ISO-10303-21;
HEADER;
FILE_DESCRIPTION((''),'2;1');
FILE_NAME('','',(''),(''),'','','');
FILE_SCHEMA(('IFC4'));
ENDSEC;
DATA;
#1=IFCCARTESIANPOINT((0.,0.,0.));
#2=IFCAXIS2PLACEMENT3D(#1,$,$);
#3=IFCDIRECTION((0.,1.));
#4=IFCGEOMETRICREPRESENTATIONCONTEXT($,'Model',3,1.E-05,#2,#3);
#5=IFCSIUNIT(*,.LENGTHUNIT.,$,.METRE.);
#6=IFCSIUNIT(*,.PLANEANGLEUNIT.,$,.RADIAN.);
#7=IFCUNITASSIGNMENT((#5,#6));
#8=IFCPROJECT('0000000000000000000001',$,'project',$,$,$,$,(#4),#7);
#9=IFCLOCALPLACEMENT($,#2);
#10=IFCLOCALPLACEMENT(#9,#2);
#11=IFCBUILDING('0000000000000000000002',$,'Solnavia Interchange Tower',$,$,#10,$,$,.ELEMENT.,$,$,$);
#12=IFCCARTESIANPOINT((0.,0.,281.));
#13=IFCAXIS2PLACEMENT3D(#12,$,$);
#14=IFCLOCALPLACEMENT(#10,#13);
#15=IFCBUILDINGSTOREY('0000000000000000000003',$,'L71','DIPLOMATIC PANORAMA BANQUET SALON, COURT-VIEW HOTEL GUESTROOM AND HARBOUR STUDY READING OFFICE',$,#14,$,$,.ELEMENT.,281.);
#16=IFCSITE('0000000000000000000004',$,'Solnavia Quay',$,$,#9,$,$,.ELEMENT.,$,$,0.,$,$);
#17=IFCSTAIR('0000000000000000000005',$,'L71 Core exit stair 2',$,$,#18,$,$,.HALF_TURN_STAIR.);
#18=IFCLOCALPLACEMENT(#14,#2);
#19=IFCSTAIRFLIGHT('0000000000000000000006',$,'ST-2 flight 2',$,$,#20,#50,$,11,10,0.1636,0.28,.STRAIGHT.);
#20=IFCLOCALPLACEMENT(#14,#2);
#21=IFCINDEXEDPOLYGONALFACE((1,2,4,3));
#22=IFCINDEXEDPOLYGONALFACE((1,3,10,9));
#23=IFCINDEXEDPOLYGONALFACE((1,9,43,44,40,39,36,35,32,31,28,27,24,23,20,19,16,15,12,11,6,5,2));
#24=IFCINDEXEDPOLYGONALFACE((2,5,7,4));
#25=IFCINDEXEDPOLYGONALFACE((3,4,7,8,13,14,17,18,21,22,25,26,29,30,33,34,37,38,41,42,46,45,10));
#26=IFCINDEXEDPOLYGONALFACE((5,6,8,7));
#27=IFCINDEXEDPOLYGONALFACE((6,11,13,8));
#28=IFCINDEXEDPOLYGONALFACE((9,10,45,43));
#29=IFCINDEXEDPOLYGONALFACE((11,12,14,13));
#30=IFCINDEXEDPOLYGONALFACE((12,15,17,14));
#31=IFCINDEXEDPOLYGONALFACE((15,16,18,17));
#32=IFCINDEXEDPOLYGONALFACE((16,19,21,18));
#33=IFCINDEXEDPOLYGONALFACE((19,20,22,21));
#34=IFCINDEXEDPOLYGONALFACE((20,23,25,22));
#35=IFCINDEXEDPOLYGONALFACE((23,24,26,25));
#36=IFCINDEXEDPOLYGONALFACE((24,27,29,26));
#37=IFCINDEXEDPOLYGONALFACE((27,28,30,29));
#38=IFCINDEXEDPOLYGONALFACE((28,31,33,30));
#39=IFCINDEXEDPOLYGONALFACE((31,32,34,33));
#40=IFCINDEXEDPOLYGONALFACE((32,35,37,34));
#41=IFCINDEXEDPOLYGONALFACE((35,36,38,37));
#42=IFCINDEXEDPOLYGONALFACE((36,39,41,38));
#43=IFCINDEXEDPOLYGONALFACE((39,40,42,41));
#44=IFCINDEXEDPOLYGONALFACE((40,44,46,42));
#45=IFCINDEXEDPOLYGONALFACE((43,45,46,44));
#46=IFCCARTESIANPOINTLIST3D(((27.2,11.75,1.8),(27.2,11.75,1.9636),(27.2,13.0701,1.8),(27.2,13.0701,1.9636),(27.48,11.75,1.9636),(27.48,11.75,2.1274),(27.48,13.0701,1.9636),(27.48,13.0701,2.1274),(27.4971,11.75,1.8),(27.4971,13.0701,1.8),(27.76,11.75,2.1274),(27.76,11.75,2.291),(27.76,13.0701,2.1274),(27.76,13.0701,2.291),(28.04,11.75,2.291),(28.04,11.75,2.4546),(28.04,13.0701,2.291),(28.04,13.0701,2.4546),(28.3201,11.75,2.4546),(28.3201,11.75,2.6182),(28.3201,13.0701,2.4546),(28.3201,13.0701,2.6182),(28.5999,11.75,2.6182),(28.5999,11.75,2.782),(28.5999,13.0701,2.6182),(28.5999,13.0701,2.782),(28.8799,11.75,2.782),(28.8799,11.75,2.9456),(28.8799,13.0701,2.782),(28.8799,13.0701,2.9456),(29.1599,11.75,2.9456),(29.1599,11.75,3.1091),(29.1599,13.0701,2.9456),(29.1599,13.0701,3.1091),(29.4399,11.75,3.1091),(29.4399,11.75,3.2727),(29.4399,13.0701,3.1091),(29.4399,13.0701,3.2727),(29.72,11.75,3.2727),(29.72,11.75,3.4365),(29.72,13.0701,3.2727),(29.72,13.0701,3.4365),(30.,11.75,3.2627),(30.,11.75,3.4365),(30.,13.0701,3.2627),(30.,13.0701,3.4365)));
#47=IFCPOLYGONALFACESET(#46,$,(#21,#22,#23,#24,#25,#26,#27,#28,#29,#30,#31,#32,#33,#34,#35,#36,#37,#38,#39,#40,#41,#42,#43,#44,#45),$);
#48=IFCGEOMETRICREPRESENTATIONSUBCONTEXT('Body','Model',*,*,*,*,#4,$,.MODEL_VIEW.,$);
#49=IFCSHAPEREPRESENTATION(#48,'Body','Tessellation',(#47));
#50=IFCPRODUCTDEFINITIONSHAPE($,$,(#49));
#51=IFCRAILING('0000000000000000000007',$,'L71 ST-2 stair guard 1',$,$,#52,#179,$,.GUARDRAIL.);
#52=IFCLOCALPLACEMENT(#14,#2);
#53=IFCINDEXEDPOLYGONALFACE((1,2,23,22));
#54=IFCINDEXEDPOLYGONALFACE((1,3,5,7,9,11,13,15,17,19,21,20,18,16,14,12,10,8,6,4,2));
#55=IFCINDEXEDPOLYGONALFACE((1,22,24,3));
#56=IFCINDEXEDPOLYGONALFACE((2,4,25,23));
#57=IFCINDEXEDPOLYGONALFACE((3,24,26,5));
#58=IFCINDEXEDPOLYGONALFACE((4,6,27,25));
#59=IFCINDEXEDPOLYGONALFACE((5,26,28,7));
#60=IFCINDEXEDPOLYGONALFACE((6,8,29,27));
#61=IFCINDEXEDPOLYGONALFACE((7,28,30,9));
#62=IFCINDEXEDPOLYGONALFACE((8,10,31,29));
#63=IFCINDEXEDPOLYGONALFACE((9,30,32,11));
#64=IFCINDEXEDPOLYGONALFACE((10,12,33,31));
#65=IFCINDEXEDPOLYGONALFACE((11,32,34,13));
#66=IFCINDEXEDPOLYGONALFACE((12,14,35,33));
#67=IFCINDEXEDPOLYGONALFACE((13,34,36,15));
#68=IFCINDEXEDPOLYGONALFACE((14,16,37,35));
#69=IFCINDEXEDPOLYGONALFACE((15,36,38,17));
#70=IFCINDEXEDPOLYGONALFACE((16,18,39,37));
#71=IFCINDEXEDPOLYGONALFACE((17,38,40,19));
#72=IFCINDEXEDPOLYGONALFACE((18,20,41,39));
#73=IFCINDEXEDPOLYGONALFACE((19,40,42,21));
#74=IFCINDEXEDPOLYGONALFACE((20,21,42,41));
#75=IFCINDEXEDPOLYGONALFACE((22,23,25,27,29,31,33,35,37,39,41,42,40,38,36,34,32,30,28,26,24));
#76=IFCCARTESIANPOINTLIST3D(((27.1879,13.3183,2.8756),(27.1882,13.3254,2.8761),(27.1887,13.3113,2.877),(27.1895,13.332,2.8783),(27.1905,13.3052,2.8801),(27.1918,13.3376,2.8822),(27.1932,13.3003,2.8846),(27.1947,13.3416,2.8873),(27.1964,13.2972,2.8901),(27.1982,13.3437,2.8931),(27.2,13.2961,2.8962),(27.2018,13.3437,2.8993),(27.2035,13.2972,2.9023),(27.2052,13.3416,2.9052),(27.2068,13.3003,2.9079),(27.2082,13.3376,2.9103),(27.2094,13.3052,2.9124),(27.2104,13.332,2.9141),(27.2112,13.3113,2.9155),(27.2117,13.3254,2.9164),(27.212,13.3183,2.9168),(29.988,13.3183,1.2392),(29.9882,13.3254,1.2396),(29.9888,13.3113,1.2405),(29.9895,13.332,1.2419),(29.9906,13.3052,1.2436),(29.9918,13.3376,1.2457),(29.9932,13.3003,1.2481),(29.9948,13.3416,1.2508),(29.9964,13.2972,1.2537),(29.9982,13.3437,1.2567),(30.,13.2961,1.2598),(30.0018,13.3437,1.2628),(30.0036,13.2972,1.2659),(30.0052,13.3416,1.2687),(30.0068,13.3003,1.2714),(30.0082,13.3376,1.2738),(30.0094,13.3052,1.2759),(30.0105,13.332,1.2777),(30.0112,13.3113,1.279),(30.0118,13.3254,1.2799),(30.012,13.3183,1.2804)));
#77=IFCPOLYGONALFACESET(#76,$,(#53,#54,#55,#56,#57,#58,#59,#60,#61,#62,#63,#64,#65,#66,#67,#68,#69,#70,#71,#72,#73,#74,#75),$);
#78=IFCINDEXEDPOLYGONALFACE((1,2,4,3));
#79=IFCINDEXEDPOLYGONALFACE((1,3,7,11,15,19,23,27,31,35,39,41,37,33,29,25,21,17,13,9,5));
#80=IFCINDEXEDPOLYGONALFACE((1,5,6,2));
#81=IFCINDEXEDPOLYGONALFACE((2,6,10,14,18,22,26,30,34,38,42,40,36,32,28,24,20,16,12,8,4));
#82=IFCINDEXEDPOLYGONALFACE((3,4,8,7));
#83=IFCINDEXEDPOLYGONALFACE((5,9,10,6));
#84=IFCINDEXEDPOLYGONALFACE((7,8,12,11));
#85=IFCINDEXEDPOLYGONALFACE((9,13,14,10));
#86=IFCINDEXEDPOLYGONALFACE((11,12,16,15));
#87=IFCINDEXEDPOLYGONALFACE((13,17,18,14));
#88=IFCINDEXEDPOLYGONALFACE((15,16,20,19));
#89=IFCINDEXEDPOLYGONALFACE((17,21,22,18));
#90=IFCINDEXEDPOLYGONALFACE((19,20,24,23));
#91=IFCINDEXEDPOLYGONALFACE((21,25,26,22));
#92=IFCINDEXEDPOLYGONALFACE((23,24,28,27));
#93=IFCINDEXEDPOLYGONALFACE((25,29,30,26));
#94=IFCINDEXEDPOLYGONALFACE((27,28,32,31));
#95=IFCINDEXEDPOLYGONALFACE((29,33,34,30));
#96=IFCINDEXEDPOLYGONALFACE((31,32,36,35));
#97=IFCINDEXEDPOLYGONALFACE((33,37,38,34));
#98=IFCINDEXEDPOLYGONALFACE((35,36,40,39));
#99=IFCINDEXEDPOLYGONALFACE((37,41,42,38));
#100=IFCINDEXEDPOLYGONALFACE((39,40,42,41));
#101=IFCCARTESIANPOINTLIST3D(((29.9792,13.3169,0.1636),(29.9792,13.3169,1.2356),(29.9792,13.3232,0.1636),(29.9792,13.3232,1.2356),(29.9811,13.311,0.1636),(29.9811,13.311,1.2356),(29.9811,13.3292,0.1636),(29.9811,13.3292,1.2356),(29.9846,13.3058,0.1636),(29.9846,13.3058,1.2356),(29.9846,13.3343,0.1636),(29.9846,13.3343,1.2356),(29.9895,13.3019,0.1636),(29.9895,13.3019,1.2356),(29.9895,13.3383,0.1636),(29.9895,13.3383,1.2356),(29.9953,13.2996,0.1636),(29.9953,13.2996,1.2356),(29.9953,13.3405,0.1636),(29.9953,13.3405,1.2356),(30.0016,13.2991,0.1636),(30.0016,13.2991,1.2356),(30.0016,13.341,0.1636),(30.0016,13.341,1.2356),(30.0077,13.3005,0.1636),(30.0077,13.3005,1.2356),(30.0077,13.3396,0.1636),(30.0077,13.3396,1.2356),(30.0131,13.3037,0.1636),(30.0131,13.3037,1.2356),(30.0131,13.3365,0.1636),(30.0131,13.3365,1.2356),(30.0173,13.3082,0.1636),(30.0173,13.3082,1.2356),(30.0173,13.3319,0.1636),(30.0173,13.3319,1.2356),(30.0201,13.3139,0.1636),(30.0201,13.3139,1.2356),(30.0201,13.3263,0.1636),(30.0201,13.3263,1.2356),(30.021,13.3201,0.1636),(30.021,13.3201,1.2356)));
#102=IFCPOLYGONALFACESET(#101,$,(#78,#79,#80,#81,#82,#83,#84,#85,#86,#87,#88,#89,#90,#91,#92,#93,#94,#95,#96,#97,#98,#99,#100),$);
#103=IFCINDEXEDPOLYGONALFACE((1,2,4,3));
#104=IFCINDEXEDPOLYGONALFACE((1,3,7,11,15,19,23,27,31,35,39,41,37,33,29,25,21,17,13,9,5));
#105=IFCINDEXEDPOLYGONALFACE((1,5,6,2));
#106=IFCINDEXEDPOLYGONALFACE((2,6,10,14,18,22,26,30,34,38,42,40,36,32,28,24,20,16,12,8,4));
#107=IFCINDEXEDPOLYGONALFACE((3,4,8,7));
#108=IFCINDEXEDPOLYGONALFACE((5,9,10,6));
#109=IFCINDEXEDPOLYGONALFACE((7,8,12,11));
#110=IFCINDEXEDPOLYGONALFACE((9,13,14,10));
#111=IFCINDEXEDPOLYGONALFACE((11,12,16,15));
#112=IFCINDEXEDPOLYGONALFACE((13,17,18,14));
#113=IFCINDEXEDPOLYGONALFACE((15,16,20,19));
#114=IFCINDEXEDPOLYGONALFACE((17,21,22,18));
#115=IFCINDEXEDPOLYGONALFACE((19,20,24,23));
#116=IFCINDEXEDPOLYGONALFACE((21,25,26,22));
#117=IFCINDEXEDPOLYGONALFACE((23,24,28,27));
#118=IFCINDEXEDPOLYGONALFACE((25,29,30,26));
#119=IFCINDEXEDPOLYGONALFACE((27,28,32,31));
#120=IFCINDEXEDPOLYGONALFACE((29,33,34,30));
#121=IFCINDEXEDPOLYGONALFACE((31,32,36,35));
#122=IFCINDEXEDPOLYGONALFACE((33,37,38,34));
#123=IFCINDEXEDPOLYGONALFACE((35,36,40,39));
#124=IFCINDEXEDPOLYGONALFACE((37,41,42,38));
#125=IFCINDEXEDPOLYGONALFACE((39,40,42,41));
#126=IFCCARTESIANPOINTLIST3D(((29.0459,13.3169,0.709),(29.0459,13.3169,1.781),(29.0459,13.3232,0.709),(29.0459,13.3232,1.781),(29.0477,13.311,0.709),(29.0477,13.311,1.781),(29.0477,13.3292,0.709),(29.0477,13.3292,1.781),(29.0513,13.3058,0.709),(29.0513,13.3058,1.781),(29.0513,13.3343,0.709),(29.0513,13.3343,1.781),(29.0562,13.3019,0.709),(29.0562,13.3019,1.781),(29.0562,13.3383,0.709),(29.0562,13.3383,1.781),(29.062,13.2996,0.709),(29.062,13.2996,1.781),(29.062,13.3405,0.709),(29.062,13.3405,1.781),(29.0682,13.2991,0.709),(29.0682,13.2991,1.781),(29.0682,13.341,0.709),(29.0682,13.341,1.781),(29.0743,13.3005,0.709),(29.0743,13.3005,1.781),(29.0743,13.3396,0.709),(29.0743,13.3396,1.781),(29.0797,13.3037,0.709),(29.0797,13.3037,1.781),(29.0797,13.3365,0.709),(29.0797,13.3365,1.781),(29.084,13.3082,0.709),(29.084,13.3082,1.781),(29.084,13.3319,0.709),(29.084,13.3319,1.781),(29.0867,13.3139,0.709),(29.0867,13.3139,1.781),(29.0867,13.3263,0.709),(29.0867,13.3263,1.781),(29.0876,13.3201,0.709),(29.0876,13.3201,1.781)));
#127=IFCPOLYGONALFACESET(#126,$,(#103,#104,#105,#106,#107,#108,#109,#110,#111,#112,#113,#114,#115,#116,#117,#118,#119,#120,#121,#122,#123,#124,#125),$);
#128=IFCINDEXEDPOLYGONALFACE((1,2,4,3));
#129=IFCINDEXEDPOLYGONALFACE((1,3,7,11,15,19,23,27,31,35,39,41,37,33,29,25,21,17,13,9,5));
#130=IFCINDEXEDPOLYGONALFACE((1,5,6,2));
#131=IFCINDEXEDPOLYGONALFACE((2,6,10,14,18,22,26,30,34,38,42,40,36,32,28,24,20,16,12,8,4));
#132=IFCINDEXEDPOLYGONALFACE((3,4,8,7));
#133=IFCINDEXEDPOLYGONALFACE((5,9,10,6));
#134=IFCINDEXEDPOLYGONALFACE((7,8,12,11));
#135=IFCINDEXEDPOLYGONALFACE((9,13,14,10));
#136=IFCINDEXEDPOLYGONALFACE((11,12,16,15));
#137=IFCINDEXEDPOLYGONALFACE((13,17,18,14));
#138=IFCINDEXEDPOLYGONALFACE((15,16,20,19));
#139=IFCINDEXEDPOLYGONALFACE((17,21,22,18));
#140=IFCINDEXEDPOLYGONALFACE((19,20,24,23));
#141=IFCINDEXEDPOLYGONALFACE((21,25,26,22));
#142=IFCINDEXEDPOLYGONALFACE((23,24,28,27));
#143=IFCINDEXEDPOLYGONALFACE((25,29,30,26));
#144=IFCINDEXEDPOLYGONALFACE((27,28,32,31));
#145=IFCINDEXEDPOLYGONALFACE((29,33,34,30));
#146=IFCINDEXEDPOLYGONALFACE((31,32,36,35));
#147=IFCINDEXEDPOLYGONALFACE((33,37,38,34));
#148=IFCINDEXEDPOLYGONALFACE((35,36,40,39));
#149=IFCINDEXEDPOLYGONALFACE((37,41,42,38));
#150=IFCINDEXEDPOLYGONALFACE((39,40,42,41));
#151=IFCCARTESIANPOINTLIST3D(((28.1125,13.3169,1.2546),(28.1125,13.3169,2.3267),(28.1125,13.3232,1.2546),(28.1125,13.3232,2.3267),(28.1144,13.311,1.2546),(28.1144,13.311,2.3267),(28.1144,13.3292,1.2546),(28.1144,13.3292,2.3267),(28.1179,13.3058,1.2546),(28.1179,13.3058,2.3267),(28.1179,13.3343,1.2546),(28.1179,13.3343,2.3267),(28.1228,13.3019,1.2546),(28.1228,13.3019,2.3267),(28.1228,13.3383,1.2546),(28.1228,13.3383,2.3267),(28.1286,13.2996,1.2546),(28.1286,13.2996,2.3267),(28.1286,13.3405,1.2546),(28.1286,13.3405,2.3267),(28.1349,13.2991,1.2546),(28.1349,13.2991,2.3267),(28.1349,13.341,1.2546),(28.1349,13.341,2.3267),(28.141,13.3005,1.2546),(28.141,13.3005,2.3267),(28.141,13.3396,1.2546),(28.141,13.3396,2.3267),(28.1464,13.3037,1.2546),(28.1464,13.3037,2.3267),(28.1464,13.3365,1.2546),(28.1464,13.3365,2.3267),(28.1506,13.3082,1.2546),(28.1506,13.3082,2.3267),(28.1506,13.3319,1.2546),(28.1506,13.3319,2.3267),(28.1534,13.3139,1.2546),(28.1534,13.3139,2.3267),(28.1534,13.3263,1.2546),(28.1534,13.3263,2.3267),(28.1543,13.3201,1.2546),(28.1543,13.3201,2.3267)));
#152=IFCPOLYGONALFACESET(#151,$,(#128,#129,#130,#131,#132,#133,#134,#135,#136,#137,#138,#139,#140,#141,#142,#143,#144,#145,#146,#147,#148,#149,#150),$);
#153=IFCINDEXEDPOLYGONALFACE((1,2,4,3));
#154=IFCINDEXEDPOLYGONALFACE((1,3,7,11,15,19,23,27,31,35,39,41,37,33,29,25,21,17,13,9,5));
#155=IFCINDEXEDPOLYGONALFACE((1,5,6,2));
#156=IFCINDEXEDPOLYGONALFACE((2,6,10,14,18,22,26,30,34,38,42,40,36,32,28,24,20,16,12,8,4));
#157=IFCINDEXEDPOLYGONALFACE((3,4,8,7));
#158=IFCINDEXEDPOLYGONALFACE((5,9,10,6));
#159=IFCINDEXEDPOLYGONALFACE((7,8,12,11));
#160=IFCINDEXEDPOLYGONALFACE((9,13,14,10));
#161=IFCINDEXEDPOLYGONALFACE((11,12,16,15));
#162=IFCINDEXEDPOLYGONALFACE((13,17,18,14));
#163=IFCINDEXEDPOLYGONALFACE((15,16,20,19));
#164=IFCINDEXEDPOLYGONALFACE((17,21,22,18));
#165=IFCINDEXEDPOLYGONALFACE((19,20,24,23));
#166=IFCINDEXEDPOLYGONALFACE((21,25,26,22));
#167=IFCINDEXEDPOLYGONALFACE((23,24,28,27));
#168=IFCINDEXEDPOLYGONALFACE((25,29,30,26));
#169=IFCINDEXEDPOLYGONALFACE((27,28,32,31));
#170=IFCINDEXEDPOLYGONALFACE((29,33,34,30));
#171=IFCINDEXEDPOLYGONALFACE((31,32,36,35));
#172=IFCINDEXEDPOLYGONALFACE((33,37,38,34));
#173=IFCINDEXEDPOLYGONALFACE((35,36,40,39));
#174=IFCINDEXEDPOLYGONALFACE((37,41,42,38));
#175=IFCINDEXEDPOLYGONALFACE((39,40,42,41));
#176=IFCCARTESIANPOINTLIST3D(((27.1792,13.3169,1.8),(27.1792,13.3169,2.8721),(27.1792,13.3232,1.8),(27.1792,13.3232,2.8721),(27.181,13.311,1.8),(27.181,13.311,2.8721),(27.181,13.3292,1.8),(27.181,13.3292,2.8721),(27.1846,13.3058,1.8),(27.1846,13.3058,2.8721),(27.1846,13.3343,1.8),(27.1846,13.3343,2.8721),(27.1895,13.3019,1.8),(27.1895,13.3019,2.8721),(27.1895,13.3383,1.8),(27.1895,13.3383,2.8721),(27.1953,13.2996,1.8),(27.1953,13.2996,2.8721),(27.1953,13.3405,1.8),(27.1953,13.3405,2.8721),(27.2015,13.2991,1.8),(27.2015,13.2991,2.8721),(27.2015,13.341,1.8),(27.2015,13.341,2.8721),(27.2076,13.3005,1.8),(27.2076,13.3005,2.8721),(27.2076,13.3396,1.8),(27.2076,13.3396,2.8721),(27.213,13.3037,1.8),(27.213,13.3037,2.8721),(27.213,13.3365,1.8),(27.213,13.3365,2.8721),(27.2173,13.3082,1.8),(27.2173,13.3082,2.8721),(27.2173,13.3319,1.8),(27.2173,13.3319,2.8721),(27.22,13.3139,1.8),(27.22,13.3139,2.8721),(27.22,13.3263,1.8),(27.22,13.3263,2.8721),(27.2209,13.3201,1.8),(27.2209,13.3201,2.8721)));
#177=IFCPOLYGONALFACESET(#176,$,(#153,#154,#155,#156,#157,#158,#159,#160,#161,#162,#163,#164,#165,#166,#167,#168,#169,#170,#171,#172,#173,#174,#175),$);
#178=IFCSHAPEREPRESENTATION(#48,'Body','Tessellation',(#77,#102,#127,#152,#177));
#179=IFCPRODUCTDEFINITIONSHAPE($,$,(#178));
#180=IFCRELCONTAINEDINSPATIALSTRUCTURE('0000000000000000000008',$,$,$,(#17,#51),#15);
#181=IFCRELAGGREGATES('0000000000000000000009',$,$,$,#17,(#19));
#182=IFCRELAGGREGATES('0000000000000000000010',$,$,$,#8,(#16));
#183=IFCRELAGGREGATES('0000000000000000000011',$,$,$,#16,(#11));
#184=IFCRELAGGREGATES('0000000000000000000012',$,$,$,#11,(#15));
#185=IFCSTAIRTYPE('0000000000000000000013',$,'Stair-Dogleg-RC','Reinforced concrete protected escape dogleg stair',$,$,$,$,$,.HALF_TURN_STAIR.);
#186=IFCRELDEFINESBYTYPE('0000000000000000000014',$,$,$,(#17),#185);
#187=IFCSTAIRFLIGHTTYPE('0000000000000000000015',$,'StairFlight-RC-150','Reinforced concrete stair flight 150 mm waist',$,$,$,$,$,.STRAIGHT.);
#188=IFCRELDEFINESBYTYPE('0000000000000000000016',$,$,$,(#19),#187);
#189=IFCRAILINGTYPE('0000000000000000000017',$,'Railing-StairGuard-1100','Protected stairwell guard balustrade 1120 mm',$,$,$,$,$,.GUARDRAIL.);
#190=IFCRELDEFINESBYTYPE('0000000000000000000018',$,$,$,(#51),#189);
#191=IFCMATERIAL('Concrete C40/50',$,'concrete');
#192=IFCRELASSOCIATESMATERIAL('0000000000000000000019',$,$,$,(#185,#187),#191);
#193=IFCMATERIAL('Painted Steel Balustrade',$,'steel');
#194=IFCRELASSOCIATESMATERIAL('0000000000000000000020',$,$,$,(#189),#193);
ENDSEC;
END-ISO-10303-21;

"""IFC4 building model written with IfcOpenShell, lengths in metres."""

from ifc_helpers import new_model, si_unit, direction, frame, origin, origin_2d, place, context, subcontext, project, spatial, polyline, circle, outline, extrude, material, type_object, element, aggregate, save


model = new_model("IFC4")

# Units and contexts
model_context = context("Model", 3, precision=1e-05, world=origin(), true_north=direction((0.0, 1.0)))
body_context = subcontext(model_context, "Body", "Model", "MODEL_VIEW")
ifc_project = project(units=[si_unit("LENGTHUNIT", "METRE"), si_unit("PLANEANGLEUNIT", "RADIAN")], contexts=[model_context])

# Site, building, storey
site_placement = place(None, origin())
site = spatial("IfcSite", under=ifc_project, at=site_placement, Name="Solnavia Quay", CompositionType="ELEMENT", RefElevation=0.0)
building_placement = place(site_placement, origin())
building = spatial("IfcBuilding", under=site, at=building_placement, Name="Solnavia Interchange Tower", CompositionType="ELEMENT")
storey_placement = place(building_placement, frame((0.0, 0.0, 281.0)))
storey = spatial("IfcBuildingStorey", under=building, at=storey_placement, Name="L71", Description="DIPLOMATIC PANORAMA BANQUET SALON, COURT-VIEW HOTEL GUESTROOM AND HARBOUR STUDY READING OFFICE", CompositionType="ELEMENT", Elevation=281.0)

# Shared definitions
ifc_material_1 = material(Name="Concrete C40/50", Category="concrete")

# Stair, stair flight
stair_type = type_object("IfcStairType", Name="Stair-Dogleg-RC", Description="Reinforced concrete protected escape dogleg stair", PredefinedType="HALF_TURN_STAIR", material=ifc_material_1)
stair_placement = place(storey_placement, origin())
stair = element("IfcStair", 1, at=stair_placement, inside=storey, type_object=stair_type, Name="L71 Core exit stair 2", PredefinedType="HALF_TURN_STAIR")
stair_flight_type = type_object("IfcStairFlightType", Name="StairFlight-RC-150", Description="Reinforced concrete stair flight 150 mm waist", PredefinedType="STRAIGHT", material=ifc_material_1)
stair_flight_1_placement = place(storey_placement, frame((27.2, 12.4099, 1.8), z_axis=(0.0, 0.0, 1.0), x_axis=(1.0, 0.0, 0.0)))
stair_flight_1 = element("IfcStairFlight", 2, at=stair_flight_1_placement, type_object=stair_flight_type, Name="ST-2 flight 2", NumberOfRisers=11, NumberOfTreads=10, PredefinedType="STRAIGHT", RiserHeight=0.1636, TreadLength=0.28, context=body_context, shape_type="SweptSolid", body=[
    extrude(outline(polyline([(0.0, 0.0), (0.0, 0.1636), (0.28, 0.1636), (0.28, 0.3274), (0.5601, 0.3274), (0.5601, 0.491), (0.8401, 0.491), (0.8401, 0.6545), (1.1201, 0.6545), (1.1201, 0.8181), (1.3999, 0.8181), (1.3999, 0.9819), (1.6799, 0.9819), (1.6799, 1.1455), (1.96, 1.1455), (1.96, 1.3091), (2.24, 1.3091), (2.24, 1.4727), (2.52, 1.4727), (2.52, 1.6365), (2.8, 1.6365), (2.8, 1.8), (2.8, 1.4626), (0.2971, 0.0), (0.0, 0.0)])), frame((0.0, 0.6602, 0.0), z_axis=(0.0, -1.0, 0.0), x_axis=(1.0, 0.0, 0.0)), (0.0, 0.0, 1.0), 1.3201),
])
aggregate(stair, [stair_flight_1])

# Railing
ifc_material_2 = material(Name="Painted Steel Balustrade", Category="steel")
railing_type_1 = type_object("IfcRailingType", Name="Railing-StairGuard-1100", Description="Protected stairwell guard balustrade 1120 mm", PredefinedType="GUARDRAIL", material=ifc_material_2)
railing_1_placement = place(storey_placement, frame((30.0, 13.3201, 0.1636)))
element("IfcRailing", 3, at=railing_1_placement, inside=storey, type_object=railing_type_1, Name="L71 ST-2 stair guard 1", PredefinedType="GUARDRAIL", context=body_context, shape_type="SweptSolid", body=[
    extrude(circle(Radius=0.0239, at=origin_2d()), frame((0.0, 0.0, 1.0962), z_axis=(-0.863361, 0.0, 0.504587), x_axis=(0.0, -1.0, 0.0)), (0.0, 0.0, 1.0), 3.2432),
    extrude(circle(Radius=0.021, at=origin_2d()), origin(), (0.0, 0.0, 1.0), 1.072),
    extrude(circle(Radius=0.021, at=origin_2d()), frame((-0.9333, 0.0, 0.5454)), (0.0, 0.0, 1.0), 1.072),
    extrude(circle(Radius=0.021, at=origin_2d()), frame((-1.8667, 0.0, 1.0911)), (0.0, 0.0, 1.0), 1.072),
    extrude(circle(Radius=0.021, at=origin_2d()), frame((-2.8, 0.0, 1.6365)), (0.0, 0.0, 1.0), 1.072),
])

save(model, "model.ifc")
